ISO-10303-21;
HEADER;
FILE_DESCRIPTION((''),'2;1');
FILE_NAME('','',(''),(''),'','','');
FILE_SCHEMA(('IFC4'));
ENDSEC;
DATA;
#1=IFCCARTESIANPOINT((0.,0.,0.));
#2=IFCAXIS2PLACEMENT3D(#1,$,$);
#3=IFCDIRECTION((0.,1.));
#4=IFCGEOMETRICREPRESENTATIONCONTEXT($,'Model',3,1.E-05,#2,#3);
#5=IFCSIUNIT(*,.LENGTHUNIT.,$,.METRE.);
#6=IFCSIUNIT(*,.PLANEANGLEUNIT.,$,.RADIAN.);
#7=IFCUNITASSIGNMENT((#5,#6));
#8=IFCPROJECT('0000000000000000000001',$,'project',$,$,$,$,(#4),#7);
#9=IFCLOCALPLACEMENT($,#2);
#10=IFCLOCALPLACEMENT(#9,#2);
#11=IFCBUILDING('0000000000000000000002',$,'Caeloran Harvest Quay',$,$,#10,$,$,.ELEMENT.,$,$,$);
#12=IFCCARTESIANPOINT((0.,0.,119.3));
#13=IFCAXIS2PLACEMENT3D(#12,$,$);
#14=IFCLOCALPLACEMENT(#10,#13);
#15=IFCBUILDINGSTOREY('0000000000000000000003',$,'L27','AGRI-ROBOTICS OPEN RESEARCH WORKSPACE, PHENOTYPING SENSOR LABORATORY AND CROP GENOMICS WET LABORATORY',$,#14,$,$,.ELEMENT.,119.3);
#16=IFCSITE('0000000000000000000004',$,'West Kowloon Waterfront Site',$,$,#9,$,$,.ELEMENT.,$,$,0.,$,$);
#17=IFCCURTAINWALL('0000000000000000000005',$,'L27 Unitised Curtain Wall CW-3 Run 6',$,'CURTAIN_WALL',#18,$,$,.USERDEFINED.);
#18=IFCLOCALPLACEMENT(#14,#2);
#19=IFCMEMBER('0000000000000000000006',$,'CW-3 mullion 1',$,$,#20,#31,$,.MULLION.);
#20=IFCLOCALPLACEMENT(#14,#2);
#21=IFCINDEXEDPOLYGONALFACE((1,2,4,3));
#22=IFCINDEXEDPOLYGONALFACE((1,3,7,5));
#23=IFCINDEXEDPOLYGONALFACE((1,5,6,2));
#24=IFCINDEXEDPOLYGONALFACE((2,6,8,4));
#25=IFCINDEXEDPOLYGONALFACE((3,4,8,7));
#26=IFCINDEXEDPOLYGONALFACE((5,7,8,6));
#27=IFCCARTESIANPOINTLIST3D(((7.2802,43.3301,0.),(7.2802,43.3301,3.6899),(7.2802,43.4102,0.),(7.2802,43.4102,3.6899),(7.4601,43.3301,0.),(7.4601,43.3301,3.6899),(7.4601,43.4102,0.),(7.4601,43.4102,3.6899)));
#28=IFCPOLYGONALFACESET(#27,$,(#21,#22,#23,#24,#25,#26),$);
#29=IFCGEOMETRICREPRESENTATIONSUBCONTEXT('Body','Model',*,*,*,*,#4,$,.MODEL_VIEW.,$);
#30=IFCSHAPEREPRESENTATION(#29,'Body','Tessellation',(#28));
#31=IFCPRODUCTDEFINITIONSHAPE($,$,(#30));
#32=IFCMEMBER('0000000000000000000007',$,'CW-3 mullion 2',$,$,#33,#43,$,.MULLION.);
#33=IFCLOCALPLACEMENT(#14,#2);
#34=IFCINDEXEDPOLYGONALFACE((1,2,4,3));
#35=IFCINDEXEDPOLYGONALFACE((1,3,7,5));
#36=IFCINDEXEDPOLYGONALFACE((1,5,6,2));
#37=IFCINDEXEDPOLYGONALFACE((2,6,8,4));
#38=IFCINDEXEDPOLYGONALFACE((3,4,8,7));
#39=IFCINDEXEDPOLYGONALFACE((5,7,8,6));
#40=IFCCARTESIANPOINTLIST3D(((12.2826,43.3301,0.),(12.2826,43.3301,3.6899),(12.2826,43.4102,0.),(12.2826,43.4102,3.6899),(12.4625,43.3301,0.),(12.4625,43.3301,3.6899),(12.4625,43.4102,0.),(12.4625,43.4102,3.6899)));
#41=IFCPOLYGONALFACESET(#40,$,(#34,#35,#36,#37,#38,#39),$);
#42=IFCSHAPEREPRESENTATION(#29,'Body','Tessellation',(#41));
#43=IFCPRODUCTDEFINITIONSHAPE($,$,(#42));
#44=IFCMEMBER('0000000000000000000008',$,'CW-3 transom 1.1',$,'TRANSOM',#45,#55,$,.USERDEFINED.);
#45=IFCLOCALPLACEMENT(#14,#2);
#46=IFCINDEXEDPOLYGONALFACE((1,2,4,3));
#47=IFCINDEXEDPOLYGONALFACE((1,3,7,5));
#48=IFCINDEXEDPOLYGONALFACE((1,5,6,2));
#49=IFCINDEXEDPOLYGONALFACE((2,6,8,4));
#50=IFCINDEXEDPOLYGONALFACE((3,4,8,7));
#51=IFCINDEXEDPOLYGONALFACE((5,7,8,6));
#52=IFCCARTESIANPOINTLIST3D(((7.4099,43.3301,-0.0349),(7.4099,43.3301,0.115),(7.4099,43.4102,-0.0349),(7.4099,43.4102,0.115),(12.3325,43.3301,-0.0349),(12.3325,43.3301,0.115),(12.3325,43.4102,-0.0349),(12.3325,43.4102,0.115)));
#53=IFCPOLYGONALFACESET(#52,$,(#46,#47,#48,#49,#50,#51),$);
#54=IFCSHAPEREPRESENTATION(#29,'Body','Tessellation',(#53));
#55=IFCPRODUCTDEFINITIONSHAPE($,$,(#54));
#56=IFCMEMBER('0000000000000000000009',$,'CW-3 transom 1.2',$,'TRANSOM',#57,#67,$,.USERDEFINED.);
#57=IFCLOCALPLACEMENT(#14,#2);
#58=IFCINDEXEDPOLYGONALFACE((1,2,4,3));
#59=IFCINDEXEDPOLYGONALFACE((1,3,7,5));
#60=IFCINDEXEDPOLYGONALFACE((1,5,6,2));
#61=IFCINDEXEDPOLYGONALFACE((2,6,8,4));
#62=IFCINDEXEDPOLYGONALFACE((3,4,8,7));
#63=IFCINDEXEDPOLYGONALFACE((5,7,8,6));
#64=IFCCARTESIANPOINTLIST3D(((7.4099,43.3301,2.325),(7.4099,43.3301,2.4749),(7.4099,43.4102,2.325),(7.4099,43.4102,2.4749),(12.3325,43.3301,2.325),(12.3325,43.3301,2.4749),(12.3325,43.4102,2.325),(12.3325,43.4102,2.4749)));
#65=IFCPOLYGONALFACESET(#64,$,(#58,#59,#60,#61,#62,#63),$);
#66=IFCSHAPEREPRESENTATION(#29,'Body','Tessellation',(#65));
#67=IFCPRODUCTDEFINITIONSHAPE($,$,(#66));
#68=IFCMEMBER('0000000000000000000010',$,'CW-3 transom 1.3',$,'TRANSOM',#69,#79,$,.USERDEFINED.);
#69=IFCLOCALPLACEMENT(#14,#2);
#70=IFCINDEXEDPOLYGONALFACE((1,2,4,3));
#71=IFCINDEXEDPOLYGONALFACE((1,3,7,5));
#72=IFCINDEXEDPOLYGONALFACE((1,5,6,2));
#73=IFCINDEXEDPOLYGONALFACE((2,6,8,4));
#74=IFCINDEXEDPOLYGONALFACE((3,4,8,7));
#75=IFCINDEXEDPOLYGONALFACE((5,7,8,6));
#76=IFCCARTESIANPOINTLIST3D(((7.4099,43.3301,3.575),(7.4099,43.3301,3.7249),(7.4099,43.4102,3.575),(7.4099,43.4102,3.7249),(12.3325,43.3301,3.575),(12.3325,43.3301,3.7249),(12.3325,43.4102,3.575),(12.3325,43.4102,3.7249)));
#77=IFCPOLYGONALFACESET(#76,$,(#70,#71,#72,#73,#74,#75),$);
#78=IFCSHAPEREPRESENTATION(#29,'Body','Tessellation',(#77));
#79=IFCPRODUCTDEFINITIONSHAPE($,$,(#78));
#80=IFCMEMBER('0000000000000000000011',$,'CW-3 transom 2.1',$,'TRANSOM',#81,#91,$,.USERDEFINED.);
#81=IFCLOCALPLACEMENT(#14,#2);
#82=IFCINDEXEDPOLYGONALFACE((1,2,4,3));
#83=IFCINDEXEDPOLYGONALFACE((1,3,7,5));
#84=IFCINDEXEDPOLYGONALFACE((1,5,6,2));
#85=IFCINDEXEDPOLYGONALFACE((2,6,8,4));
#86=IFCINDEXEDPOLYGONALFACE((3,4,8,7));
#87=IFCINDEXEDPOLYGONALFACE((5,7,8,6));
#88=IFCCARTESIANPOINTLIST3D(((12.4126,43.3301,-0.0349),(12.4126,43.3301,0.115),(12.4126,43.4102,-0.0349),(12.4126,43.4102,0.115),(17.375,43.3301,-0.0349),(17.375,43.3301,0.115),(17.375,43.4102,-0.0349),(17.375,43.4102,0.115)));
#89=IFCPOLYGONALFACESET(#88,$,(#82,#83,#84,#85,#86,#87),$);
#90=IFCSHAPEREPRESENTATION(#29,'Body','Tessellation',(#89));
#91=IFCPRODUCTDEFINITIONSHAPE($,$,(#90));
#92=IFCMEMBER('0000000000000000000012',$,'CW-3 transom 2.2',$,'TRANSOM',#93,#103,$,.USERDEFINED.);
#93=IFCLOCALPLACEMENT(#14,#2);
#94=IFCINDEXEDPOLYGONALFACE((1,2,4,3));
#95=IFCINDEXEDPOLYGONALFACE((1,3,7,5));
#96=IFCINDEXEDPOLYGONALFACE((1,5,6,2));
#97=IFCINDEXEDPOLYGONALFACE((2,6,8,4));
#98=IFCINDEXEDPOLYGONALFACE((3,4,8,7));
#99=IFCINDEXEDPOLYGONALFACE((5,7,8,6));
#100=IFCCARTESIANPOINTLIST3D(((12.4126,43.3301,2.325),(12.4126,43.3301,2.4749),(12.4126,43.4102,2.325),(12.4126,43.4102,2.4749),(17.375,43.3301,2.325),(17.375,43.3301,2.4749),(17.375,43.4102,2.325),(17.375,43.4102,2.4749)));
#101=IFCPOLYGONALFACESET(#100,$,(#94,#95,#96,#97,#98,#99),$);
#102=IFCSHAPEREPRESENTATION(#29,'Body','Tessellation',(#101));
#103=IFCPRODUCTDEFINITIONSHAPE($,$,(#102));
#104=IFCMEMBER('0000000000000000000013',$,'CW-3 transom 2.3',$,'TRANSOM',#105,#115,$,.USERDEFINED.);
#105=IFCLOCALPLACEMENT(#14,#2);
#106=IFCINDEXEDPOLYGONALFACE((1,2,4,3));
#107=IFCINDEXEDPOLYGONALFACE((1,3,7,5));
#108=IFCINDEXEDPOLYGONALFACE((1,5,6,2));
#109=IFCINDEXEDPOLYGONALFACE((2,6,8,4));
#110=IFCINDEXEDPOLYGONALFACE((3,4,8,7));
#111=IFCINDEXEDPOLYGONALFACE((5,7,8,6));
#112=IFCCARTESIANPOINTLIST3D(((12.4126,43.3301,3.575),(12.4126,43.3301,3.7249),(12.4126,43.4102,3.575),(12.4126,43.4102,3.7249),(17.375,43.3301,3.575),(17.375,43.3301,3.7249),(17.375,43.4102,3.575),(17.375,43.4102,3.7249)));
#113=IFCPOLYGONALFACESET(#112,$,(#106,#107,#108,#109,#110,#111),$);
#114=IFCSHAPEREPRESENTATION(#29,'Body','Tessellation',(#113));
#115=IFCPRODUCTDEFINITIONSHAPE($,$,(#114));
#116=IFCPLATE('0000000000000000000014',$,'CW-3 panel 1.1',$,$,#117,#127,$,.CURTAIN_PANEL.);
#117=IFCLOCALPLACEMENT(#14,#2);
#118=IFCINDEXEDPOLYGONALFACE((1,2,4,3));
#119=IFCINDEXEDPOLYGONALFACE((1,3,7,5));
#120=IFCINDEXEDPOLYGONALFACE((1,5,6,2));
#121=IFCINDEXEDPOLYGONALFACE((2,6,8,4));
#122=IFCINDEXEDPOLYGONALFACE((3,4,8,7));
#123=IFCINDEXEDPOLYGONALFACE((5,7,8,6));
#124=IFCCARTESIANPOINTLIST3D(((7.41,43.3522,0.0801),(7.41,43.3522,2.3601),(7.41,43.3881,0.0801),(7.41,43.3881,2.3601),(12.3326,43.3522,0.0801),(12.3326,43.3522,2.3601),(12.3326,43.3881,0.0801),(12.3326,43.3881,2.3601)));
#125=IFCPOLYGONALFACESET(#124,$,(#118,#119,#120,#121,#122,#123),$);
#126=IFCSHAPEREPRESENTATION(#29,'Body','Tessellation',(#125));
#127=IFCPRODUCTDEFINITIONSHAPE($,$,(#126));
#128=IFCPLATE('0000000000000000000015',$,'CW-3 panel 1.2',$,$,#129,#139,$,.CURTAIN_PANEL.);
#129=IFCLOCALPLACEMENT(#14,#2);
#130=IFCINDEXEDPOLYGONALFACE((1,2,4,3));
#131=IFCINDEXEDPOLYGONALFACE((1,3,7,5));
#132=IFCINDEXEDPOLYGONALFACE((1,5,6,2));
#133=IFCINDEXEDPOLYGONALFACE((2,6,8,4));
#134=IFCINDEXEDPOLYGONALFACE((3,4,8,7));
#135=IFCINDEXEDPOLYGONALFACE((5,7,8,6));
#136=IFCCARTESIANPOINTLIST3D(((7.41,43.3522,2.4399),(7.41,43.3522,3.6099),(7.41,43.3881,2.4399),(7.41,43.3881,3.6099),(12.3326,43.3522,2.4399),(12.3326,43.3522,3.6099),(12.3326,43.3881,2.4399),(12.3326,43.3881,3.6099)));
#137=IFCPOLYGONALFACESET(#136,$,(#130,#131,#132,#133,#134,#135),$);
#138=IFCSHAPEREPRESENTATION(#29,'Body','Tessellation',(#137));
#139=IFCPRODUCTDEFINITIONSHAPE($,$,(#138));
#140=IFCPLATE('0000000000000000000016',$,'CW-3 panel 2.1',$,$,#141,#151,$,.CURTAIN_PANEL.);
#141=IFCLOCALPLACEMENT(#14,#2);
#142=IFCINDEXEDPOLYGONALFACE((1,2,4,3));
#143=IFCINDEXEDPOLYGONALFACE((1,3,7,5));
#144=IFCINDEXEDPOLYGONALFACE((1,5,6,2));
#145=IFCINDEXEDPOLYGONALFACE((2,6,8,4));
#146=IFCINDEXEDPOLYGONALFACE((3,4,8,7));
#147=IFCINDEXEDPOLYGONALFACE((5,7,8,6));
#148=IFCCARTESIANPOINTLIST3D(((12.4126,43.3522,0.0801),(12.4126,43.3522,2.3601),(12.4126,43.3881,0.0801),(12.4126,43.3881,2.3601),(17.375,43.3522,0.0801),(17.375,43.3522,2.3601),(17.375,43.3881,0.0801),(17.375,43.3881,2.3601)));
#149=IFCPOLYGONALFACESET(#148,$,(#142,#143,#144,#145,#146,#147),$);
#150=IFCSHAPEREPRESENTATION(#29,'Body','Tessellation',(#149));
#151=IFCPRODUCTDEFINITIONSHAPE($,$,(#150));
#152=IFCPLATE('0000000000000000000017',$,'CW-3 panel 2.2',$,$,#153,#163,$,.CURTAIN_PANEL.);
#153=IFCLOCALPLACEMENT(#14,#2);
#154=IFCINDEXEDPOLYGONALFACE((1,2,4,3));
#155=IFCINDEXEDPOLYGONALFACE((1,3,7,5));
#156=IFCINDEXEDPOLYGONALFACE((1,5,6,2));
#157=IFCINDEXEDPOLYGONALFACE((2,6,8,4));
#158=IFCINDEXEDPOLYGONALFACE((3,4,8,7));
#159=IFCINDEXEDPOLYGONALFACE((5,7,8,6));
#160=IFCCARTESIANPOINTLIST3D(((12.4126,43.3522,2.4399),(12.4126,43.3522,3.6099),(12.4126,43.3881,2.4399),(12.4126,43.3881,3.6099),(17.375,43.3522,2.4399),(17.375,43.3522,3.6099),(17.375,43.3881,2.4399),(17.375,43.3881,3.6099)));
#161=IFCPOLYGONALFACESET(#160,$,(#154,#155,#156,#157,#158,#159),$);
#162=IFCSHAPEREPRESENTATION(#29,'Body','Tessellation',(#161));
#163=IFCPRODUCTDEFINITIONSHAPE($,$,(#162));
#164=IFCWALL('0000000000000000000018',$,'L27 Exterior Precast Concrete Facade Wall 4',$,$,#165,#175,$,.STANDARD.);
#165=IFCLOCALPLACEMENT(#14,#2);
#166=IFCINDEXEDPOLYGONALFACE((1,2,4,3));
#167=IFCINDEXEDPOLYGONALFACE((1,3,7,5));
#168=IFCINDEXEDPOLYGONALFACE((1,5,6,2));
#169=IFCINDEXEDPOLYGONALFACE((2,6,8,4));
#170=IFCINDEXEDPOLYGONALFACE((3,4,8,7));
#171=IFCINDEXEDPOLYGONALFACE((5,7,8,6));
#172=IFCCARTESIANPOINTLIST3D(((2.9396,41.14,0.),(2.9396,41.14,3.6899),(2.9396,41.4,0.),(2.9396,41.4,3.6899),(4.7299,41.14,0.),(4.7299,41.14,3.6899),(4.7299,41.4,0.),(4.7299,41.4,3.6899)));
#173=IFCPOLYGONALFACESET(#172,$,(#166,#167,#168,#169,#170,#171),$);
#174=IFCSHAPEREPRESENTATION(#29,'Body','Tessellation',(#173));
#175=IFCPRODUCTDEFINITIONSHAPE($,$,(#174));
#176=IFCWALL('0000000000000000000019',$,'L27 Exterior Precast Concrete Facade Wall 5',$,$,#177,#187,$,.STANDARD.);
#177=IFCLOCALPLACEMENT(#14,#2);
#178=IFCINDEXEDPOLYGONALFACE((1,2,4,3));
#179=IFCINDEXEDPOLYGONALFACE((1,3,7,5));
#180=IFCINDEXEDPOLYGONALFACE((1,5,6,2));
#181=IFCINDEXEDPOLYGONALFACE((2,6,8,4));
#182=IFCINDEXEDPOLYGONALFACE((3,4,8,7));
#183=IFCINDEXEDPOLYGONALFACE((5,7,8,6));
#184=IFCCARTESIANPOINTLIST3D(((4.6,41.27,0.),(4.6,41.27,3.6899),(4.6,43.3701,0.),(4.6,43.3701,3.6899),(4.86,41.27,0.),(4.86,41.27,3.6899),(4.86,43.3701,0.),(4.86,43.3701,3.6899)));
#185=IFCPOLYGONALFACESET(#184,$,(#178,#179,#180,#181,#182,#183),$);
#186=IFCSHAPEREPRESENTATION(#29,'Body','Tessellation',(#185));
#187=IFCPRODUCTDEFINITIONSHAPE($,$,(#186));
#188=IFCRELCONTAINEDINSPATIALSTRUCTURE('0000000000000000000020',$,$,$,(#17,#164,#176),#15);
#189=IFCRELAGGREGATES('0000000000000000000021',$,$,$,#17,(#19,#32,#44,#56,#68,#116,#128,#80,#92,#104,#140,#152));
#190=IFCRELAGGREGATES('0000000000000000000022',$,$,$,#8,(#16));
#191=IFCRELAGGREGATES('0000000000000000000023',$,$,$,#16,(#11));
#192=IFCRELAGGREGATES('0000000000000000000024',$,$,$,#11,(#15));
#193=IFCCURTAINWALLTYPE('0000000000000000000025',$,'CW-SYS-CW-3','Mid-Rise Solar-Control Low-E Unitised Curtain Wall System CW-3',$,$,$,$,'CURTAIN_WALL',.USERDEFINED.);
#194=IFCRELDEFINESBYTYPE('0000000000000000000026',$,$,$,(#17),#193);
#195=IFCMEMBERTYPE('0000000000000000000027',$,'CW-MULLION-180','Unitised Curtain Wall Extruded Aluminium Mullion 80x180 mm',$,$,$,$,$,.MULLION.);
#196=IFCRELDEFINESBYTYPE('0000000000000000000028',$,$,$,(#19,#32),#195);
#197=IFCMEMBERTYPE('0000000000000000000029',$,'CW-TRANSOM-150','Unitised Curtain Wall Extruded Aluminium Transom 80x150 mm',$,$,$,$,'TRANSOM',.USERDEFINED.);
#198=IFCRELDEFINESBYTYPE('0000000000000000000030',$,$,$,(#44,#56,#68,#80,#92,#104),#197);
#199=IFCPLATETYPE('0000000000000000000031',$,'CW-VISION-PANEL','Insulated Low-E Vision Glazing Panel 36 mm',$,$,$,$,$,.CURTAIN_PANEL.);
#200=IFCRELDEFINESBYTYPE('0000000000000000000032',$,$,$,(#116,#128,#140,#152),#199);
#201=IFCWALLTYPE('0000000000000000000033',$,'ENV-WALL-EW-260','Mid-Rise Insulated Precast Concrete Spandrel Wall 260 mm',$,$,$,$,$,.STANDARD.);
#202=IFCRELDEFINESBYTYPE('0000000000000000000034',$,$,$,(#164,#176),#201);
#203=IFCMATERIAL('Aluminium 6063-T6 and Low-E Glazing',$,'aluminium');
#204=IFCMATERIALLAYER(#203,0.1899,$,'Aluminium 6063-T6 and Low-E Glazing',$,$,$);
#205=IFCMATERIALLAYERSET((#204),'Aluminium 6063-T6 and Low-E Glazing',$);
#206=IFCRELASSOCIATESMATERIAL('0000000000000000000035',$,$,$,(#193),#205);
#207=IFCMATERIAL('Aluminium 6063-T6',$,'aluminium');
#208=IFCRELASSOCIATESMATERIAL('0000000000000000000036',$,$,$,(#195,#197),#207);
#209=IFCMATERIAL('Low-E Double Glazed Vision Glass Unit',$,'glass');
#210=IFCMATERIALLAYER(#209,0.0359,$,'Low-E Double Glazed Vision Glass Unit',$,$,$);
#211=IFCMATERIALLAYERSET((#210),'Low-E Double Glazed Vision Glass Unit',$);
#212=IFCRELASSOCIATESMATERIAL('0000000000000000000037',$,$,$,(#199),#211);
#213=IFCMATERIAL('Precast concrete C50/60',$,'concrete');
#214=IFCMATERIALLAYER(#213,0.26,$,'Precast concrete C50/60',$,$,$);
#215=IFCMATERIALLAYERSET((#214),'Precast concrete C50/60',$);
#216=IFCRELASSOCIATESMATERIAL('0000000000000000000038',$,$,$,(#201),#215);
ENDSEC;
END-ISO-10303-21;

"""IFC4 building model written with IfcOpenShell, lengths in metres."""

from ifc_helpers import new_model, si_unit, direction, frame, frame_2d, origin, origin_2d, place, context, subcontext, project, spatial, rectangle, extrude, material, layer, layer_set, material_profile, profile_set, type_object, element, aggregate, save


model = new_model("IFC4")

# Units and contexts
model_context = context("Model", 3, precision=1e-05, world=origin(), true_north=direction((0.0, 1.0)))
body_context = subcontext(model_context, "Body", "Model", "MODEL_VIEW")
ifc_project = project(units=[si_unit("LENGTHUNIT", "METRE"), si_unit("PLANEANGLEUNIT", "RADIAN")], contexts=[model_context])

# Site, building, storey
site_placement = place(None, origin())
site = spatial("IfcSite", under=ifc_project, at=site_placement, Name="West Kowloon Waterfront Site", CompositionType="ELEMENT", RefElevation=0.0)
building_placement = place(site_placement, origin())
building = spatial("IfcBuilding", under=site, at=building_placement, Name="Caeloran Harvest Quay", CompositionType="ELEMENT")
storey_placement = place(building_placement, frame((0.0, 0.0, 119.3)))
storey = spatial("IfcBuildingStorey", under=building, at=storey_placement, Name="L27", Description="AGRI-ROBOTICS OPEN RESEARCH WORKSPACE, PHENOTYPING SENSOR LABORATORY AND CROP GENOMICS WET LABORATORY", CompositionType="ELEMENT", Elevation=119.3)

# Curtain wall, members, plates
ifc_material_1 = material(Name="Aluminium 6063-T6 and Low-E Glazing", Category="aluminium")
ifc_layer_1 = layer(ifc_material_1, 0.1899, Name="Aluminium 6063-T6 and Low-E Glazing")
ifc_layer_set_1 = layer_set([ifc_layer_1], Name="Aluminium 6063-T6 and Low-E Glazing")
curtain_wall_type = type_object("IfcCurtainWallType", Name="CW-SYS-CW-3", Description="Mid-Rise Solar-Control Low-E Unitised Curtain Wall System CW-3", ElementType="CURTAIN_WALL", PredefinedType="USERDEFINED", material=ifc_layer_set_1)
curtain_wall_placement = place(storey_placement, origin())
curtain_wall = element("IfcCurtainWall", 1, at=curtain_wall_placement, inside=storey, type_object=curtain_wall_type, Name="L27 Unitised Curtain Wall CW-3 Run 6", ObjectType="CURTAIN_WALL", PredefinedType="USERDEFINED")
ifc_material_2 = material(Name="Aluminium 6063-T6", Category="aluminium")
ifc_material_profile_1 = material_profile(ifc_material_2, rectangle(XDim=0.0801, YDim=0.1799, at=origin_2d()), Name="CW-MULLION-180")
ifc_profile_set_1 = profile_set([ifc_material_profile_1], Name="Aluminium 6063-T6")
member_type_1 = type_object("IfcMemberType", Name="CW-MULLION-180", Description="Unitised Curtain Wall Extruded Aluminium Mullion 80x180 mm", PredefinedType="MULLION", material=ifc_profile_set_1)
member_1_placement = place(storey_placement, frame((7.3701, 43.3701, 0.0), z_axis=(0.0, 0.0, 1.0), x_axis=(0.0, 1.0, 0.0)))
member_1 = element("IfcMember", 2, at=member_1_placement, type_object=member_type_1, Name="CW-3 mullion 1", PredefinedType="MULLION", context=body_context, shape_type="SweptSolid", body=[
    extrude(rectangle(XDim=0.0801, YDim=0.1799, at=origin_2d()), origin(), (0.0, 0.0, 1.0), 3.6899),
])
member_2_placement = place(storey_placement, frame((12.3726, 43.3701, 0.0), z_axis=(0.0, 0.0, 1.0), x_axis=(0.0, 1.0, 0.0)))
member_2 = element("IfcMember", 3, at=member_2_placement, type_object=member_type_1, Name="CW-3 mullion 2", PredefinedType="MULLION", context=body_context, shape_type="SweptSolid", body=[
    extrude(rectangle(XDim=0.0801, YDim=0.1799, at=origin_2d()), origin(), (0.0, 0.0, 1.0), 3.6899),
])
ifc_material_profile_2 = material_profile(ifc_material_2, rectangle(XDim=0.0801, YDim=0.1499, at=origin_2d()), Name="CW-TRANSOM-150")
ifc_profile_set_2 = profile_set([ifc_material_profile_2], Name="Aluminium 6063-T6")
member_type_2 = type_object("IfcMemberType", Name="CW-TRANSOM-150", Description="Unitised Curtain Wall Extruded Aluminium Transom 80x150 mm", ElementType="TRANSOM", PredefinedType="USERDEFINED", material=ifc_profile_set_2)
member_3_placement = place(storey_placement, frame((7.4099, 43.3701, 0.04), z_axis=(1.0, 0.0, 0.0), x_axis=(0.0, 1.0, 0.0)))
member_3 = element("IfcMember", 4, at=member_3_placement, type_object=member_type_2, Name="CW-3 transom 1.1", ObjectType="TRANSOM", PredefinedType="USERDEFINED", context=body_context, shape_type="SweptSolid", body=[
    extrude(rectangle(XDim=0.0801, YDim=0.1499, at=origin_2d()), origin(), (0.0, 0.0, 1.0), 4.9226),
])
member_4_placement = place(storey_placement, frame((7.4099, 43.3701, 2.3999), z_axis=(1.0, 0.0, 0.0), x_axis=(0.0, 1.0, 0.0)))
member_4 = element("IfcMember", 5, at=member_4_placement, type_object=member_type_2, Name="CW-3 transom 1.2", ObjectType="TRANSOM", PredefinedType="USERDEFINED", context=body_context, shape_type="SweptSolid", body=[
    extrude(rectangle(XDim=0.0801, YDim=0.1499, at=origin_2d()), origin(), (0.0, 0.0, 1.0), 4.9226),
])
member_5_placement = place(storey_placement, frame((7.4099, 43.3701, 3.6499), z_axis=(1.0, 0.0, 0.0), x_axis=(0.0, 1.0, 0.0)))
member_5 = element("IfcMember", 6, at=member_5_placement, type_object=member_type_2, Name="CW-3 transom 1.3", ObjectType="TRANSOM", PredefinedType="USERDEFINED", context=body_context, shape_type="SweptSolid", body=[
    extrude(rectangle(XDim=0.0801, YDim=0.1499, at=origin_2d()), origin(), (0.0, 0.0, 1.0), 4.9226),
])
member_6_placement = place(storey_placement, frame((12.4126, 43.3701, 0.04), z_axis=(1.0, 0.0, 0.0), x_axis=(0.0, 1.0, 0.0)))
member_6 = element("IfcMember", 7, at=member_6_placement, type_object=member_type_2, Name="CW-3 transom 2.1", ObjectType="TRANSOM", PredefinedType="USERDEFINED", context=body_context, shape_type="SweptSolid", body=[
    extrude(rectangle(XDim=0.0801, YDim=0.1499, at=origin_2d()), origin(), (0.0, 0.0, 1.0), 4.9624),
])
member_7_placement = place(storey_placement, frame((12.4126, 43.3701, 2.3999), z_axis=(1.0, 0.0, 0.0), x_axis=(0.0, 1.0, 0.0)))
member_7 = element("IfcMember", 8, at=member_7_placement, type_object=member_type_2, Name="CW-3 transom 2.2", ObjectType="TRANSOM", PredefinedType="USERDEFINED", context=body_context, shape_type="SweptSolid", body=[
    extrude(rectangle(XDim=0.0801, YDim=0.1499, at=origin_2d()), origin(), (0.0, 0.0, 1.0), 4.9624),
])
member_8_placement = place(storey_placement, frame((12.4126, 43.3701, 3.6499), z_axis=(1.0, 0.0, 0.0), x_axis=(0.0, 1.0, 0.0)))
member_8 = element("IfcMember", 9, at=member_8_placement, type_object=member_type_2, Name="CW-3 transom 2.3", ObjectType="TRANSOM", PredefinedType="USERDEFINED", context=body_context, shape_type="SweptSolid", body=[
    extrude(rectangle(XDim=0.0801, YDim=0.1499, at=origin_2d()), origin(), (0.0, 0.0, 1.0), 4.9624),
])
ifc_material_3 = material(Name="Low-E Double Glazed Vision Glass Unit", Category="glass")
ifc_layer_2 = layer(ifc_material_3, 0.0359, Name="Low-E Double Glazed Vision Glass Unit")
ifc_layer_set_2 = layer_set([ifc_layer_2], Name="Low-E Double Glazed Vision Glass Unit")
plate_type = type_object("IfcPlateType", Name="CW-VISION-PANEL", Description="Insulated Low-E Vision Glazing Panel 36 mm", PredefinedType="CURTAIN_PANEL", material=ifc_layer_set_2)
plate_1_placement = place(storey_placement, frame((9.8713, 43.3701, 0.0801), z_axis=(0.0, 0.0, 1.0), x_axis=(1.0, 0.0, 0.0)))
plate_1 = element("IfcPlate", 10, at=plate_1_placement, type_object=plate_type, Name="CW-3 panel 1.1", PredefinedType="CURTAIN_PANEL", context=body_context, shape_type="SweptSolid", body=[
    extrude(rectangle(XDim=4.9226, YDim=0.0359, at=origin_2d()), origin(), (0.0, 0.0, 1.0), 2.28),
])
plate_2_placement = place(storey_placement, frame((9.8713, 43.3701, 2.4399), z_axis=(0.0, 0.0, 1.0), x_axis=(1.0, 0.0, 0.0)))
plate_2 = element("IfcPlate", 11, at=plate_2_placement, type_object=plate_type, Name="CW-3 panel 1.2", PredefinedType="CURTAIN_PANEL", context=body_context, shape_type="SweptSolid", body=[
    extrude(rectangle(XDim=4.9226, YDim=0.0359, at=origin_2d()), origin(), (0.0, 0.0, 1.0), 1.1699),
])
plate_3_placement = place(storey_placement, frame((14.8938, 43.3701, 0.0801), z_axis=(0.0, 0.0, 1.0), x_axis=(1.0, 0.0, 0.0)))
plate_3 = element("IfcPlate", 12, at=plate_3_placement, type_object=plate_type, Name="CW-3 panel 2.1", PredefinedType="CURTAIN_PANEL", context=body_context, shape_type="SweptSolid", body=[
    extrude(rectangle(XDim=4.9624, YDim=0.0359, at=origin_2d()), origin(), (0.0, 0.0, 1.0), 2.28),
])
plate_4_placement = place(storey_placement, frame((14.8938, 43.3701, 2.4399), z_axis=(0.0, 0.0, 1.0), x_axis=(1.0, 0.0, 0.0)))
plate_4 = element("IfcPlate", 13, at=plate_4_placement, type_object=plate_type, Name="CW-3 panel 2.2", PredefinedType="CURTAIN_PANEL", context=body_context, shape_type="SweptSolid", body=[
    extrude(rectangle(XDim=4.9624, YDim=0.0359, at=origin_2d()), origin(), (0.0, 0.0, 1.0), 1.1699),
])
aggregate(curtain_wall, [member_1, member_2, member_3, member_4, member_5, plate_1, plate_2, member_6, member_7, member_8, plate_3, plate_4])

# Walls
ifc_material_4 = material(Name="Precast concrete C50/60", Category="concrete")
ifc_layer_3 = layer(ifc_material_4, 0.26, Name="Precast concrete C50/60")
ifc_layer_set_3 = layer_set([ifc_layer_3], Name="Precast concrete C50/60")
wall_type_1 = type_object("IfcWallType", Name="ENV-WALL-EW-260", Description="Mid-Rise Insulated Precast Concrete Spandrel Wall 260 mm", PredefinedType="STANDARD", material=ifc_layer_set_3)
wall_1_placement = place(storey_placement, frame((2.9397, 41.27, 0.0), z_axis=(0.0, 0.0, 1.0), x_axis=(1.0, 0.0, 0.0)))
element("IfcWall", 14, at=wall_1_placement, inside=storey, type_object=wall_type_1, Name="L27 Exterior Precast Concrete Facade Wall 4", PredefinedType="STANDARD", context=body_context, shape_type="SweptSolid", body=[
    extrude(rectangle(XDim=1.7903, YDim=0.26, at=frame_2d((0.895, 0.0))), origin(), (0.0, 0.0, 1.0), 3.6899),
])
wall_2_placement = place(storey_placement, frame((4.73, 41.27, 0.0), z_axis=(0.0, 0.0, 1.0), x_axis=(0.0, 1.0, 0.0)))
element("IfcWall", 15, at=wall_2_placement, inside=storey, type_object=wall_type_1, Name="L27 Exterior Precast Concrete Facade Wall 5", PredefinedType="STANDARD", context=body_context, shape_type="SweptSolid", body=[
    extrude(rectangle(XDim=2.1001, YDim=0.26, at=frame_2d((1.05, 0.0))), origin(), (0.0, 0.0, 1.0), 3.6899),
])

save(model, "model.ifc")
